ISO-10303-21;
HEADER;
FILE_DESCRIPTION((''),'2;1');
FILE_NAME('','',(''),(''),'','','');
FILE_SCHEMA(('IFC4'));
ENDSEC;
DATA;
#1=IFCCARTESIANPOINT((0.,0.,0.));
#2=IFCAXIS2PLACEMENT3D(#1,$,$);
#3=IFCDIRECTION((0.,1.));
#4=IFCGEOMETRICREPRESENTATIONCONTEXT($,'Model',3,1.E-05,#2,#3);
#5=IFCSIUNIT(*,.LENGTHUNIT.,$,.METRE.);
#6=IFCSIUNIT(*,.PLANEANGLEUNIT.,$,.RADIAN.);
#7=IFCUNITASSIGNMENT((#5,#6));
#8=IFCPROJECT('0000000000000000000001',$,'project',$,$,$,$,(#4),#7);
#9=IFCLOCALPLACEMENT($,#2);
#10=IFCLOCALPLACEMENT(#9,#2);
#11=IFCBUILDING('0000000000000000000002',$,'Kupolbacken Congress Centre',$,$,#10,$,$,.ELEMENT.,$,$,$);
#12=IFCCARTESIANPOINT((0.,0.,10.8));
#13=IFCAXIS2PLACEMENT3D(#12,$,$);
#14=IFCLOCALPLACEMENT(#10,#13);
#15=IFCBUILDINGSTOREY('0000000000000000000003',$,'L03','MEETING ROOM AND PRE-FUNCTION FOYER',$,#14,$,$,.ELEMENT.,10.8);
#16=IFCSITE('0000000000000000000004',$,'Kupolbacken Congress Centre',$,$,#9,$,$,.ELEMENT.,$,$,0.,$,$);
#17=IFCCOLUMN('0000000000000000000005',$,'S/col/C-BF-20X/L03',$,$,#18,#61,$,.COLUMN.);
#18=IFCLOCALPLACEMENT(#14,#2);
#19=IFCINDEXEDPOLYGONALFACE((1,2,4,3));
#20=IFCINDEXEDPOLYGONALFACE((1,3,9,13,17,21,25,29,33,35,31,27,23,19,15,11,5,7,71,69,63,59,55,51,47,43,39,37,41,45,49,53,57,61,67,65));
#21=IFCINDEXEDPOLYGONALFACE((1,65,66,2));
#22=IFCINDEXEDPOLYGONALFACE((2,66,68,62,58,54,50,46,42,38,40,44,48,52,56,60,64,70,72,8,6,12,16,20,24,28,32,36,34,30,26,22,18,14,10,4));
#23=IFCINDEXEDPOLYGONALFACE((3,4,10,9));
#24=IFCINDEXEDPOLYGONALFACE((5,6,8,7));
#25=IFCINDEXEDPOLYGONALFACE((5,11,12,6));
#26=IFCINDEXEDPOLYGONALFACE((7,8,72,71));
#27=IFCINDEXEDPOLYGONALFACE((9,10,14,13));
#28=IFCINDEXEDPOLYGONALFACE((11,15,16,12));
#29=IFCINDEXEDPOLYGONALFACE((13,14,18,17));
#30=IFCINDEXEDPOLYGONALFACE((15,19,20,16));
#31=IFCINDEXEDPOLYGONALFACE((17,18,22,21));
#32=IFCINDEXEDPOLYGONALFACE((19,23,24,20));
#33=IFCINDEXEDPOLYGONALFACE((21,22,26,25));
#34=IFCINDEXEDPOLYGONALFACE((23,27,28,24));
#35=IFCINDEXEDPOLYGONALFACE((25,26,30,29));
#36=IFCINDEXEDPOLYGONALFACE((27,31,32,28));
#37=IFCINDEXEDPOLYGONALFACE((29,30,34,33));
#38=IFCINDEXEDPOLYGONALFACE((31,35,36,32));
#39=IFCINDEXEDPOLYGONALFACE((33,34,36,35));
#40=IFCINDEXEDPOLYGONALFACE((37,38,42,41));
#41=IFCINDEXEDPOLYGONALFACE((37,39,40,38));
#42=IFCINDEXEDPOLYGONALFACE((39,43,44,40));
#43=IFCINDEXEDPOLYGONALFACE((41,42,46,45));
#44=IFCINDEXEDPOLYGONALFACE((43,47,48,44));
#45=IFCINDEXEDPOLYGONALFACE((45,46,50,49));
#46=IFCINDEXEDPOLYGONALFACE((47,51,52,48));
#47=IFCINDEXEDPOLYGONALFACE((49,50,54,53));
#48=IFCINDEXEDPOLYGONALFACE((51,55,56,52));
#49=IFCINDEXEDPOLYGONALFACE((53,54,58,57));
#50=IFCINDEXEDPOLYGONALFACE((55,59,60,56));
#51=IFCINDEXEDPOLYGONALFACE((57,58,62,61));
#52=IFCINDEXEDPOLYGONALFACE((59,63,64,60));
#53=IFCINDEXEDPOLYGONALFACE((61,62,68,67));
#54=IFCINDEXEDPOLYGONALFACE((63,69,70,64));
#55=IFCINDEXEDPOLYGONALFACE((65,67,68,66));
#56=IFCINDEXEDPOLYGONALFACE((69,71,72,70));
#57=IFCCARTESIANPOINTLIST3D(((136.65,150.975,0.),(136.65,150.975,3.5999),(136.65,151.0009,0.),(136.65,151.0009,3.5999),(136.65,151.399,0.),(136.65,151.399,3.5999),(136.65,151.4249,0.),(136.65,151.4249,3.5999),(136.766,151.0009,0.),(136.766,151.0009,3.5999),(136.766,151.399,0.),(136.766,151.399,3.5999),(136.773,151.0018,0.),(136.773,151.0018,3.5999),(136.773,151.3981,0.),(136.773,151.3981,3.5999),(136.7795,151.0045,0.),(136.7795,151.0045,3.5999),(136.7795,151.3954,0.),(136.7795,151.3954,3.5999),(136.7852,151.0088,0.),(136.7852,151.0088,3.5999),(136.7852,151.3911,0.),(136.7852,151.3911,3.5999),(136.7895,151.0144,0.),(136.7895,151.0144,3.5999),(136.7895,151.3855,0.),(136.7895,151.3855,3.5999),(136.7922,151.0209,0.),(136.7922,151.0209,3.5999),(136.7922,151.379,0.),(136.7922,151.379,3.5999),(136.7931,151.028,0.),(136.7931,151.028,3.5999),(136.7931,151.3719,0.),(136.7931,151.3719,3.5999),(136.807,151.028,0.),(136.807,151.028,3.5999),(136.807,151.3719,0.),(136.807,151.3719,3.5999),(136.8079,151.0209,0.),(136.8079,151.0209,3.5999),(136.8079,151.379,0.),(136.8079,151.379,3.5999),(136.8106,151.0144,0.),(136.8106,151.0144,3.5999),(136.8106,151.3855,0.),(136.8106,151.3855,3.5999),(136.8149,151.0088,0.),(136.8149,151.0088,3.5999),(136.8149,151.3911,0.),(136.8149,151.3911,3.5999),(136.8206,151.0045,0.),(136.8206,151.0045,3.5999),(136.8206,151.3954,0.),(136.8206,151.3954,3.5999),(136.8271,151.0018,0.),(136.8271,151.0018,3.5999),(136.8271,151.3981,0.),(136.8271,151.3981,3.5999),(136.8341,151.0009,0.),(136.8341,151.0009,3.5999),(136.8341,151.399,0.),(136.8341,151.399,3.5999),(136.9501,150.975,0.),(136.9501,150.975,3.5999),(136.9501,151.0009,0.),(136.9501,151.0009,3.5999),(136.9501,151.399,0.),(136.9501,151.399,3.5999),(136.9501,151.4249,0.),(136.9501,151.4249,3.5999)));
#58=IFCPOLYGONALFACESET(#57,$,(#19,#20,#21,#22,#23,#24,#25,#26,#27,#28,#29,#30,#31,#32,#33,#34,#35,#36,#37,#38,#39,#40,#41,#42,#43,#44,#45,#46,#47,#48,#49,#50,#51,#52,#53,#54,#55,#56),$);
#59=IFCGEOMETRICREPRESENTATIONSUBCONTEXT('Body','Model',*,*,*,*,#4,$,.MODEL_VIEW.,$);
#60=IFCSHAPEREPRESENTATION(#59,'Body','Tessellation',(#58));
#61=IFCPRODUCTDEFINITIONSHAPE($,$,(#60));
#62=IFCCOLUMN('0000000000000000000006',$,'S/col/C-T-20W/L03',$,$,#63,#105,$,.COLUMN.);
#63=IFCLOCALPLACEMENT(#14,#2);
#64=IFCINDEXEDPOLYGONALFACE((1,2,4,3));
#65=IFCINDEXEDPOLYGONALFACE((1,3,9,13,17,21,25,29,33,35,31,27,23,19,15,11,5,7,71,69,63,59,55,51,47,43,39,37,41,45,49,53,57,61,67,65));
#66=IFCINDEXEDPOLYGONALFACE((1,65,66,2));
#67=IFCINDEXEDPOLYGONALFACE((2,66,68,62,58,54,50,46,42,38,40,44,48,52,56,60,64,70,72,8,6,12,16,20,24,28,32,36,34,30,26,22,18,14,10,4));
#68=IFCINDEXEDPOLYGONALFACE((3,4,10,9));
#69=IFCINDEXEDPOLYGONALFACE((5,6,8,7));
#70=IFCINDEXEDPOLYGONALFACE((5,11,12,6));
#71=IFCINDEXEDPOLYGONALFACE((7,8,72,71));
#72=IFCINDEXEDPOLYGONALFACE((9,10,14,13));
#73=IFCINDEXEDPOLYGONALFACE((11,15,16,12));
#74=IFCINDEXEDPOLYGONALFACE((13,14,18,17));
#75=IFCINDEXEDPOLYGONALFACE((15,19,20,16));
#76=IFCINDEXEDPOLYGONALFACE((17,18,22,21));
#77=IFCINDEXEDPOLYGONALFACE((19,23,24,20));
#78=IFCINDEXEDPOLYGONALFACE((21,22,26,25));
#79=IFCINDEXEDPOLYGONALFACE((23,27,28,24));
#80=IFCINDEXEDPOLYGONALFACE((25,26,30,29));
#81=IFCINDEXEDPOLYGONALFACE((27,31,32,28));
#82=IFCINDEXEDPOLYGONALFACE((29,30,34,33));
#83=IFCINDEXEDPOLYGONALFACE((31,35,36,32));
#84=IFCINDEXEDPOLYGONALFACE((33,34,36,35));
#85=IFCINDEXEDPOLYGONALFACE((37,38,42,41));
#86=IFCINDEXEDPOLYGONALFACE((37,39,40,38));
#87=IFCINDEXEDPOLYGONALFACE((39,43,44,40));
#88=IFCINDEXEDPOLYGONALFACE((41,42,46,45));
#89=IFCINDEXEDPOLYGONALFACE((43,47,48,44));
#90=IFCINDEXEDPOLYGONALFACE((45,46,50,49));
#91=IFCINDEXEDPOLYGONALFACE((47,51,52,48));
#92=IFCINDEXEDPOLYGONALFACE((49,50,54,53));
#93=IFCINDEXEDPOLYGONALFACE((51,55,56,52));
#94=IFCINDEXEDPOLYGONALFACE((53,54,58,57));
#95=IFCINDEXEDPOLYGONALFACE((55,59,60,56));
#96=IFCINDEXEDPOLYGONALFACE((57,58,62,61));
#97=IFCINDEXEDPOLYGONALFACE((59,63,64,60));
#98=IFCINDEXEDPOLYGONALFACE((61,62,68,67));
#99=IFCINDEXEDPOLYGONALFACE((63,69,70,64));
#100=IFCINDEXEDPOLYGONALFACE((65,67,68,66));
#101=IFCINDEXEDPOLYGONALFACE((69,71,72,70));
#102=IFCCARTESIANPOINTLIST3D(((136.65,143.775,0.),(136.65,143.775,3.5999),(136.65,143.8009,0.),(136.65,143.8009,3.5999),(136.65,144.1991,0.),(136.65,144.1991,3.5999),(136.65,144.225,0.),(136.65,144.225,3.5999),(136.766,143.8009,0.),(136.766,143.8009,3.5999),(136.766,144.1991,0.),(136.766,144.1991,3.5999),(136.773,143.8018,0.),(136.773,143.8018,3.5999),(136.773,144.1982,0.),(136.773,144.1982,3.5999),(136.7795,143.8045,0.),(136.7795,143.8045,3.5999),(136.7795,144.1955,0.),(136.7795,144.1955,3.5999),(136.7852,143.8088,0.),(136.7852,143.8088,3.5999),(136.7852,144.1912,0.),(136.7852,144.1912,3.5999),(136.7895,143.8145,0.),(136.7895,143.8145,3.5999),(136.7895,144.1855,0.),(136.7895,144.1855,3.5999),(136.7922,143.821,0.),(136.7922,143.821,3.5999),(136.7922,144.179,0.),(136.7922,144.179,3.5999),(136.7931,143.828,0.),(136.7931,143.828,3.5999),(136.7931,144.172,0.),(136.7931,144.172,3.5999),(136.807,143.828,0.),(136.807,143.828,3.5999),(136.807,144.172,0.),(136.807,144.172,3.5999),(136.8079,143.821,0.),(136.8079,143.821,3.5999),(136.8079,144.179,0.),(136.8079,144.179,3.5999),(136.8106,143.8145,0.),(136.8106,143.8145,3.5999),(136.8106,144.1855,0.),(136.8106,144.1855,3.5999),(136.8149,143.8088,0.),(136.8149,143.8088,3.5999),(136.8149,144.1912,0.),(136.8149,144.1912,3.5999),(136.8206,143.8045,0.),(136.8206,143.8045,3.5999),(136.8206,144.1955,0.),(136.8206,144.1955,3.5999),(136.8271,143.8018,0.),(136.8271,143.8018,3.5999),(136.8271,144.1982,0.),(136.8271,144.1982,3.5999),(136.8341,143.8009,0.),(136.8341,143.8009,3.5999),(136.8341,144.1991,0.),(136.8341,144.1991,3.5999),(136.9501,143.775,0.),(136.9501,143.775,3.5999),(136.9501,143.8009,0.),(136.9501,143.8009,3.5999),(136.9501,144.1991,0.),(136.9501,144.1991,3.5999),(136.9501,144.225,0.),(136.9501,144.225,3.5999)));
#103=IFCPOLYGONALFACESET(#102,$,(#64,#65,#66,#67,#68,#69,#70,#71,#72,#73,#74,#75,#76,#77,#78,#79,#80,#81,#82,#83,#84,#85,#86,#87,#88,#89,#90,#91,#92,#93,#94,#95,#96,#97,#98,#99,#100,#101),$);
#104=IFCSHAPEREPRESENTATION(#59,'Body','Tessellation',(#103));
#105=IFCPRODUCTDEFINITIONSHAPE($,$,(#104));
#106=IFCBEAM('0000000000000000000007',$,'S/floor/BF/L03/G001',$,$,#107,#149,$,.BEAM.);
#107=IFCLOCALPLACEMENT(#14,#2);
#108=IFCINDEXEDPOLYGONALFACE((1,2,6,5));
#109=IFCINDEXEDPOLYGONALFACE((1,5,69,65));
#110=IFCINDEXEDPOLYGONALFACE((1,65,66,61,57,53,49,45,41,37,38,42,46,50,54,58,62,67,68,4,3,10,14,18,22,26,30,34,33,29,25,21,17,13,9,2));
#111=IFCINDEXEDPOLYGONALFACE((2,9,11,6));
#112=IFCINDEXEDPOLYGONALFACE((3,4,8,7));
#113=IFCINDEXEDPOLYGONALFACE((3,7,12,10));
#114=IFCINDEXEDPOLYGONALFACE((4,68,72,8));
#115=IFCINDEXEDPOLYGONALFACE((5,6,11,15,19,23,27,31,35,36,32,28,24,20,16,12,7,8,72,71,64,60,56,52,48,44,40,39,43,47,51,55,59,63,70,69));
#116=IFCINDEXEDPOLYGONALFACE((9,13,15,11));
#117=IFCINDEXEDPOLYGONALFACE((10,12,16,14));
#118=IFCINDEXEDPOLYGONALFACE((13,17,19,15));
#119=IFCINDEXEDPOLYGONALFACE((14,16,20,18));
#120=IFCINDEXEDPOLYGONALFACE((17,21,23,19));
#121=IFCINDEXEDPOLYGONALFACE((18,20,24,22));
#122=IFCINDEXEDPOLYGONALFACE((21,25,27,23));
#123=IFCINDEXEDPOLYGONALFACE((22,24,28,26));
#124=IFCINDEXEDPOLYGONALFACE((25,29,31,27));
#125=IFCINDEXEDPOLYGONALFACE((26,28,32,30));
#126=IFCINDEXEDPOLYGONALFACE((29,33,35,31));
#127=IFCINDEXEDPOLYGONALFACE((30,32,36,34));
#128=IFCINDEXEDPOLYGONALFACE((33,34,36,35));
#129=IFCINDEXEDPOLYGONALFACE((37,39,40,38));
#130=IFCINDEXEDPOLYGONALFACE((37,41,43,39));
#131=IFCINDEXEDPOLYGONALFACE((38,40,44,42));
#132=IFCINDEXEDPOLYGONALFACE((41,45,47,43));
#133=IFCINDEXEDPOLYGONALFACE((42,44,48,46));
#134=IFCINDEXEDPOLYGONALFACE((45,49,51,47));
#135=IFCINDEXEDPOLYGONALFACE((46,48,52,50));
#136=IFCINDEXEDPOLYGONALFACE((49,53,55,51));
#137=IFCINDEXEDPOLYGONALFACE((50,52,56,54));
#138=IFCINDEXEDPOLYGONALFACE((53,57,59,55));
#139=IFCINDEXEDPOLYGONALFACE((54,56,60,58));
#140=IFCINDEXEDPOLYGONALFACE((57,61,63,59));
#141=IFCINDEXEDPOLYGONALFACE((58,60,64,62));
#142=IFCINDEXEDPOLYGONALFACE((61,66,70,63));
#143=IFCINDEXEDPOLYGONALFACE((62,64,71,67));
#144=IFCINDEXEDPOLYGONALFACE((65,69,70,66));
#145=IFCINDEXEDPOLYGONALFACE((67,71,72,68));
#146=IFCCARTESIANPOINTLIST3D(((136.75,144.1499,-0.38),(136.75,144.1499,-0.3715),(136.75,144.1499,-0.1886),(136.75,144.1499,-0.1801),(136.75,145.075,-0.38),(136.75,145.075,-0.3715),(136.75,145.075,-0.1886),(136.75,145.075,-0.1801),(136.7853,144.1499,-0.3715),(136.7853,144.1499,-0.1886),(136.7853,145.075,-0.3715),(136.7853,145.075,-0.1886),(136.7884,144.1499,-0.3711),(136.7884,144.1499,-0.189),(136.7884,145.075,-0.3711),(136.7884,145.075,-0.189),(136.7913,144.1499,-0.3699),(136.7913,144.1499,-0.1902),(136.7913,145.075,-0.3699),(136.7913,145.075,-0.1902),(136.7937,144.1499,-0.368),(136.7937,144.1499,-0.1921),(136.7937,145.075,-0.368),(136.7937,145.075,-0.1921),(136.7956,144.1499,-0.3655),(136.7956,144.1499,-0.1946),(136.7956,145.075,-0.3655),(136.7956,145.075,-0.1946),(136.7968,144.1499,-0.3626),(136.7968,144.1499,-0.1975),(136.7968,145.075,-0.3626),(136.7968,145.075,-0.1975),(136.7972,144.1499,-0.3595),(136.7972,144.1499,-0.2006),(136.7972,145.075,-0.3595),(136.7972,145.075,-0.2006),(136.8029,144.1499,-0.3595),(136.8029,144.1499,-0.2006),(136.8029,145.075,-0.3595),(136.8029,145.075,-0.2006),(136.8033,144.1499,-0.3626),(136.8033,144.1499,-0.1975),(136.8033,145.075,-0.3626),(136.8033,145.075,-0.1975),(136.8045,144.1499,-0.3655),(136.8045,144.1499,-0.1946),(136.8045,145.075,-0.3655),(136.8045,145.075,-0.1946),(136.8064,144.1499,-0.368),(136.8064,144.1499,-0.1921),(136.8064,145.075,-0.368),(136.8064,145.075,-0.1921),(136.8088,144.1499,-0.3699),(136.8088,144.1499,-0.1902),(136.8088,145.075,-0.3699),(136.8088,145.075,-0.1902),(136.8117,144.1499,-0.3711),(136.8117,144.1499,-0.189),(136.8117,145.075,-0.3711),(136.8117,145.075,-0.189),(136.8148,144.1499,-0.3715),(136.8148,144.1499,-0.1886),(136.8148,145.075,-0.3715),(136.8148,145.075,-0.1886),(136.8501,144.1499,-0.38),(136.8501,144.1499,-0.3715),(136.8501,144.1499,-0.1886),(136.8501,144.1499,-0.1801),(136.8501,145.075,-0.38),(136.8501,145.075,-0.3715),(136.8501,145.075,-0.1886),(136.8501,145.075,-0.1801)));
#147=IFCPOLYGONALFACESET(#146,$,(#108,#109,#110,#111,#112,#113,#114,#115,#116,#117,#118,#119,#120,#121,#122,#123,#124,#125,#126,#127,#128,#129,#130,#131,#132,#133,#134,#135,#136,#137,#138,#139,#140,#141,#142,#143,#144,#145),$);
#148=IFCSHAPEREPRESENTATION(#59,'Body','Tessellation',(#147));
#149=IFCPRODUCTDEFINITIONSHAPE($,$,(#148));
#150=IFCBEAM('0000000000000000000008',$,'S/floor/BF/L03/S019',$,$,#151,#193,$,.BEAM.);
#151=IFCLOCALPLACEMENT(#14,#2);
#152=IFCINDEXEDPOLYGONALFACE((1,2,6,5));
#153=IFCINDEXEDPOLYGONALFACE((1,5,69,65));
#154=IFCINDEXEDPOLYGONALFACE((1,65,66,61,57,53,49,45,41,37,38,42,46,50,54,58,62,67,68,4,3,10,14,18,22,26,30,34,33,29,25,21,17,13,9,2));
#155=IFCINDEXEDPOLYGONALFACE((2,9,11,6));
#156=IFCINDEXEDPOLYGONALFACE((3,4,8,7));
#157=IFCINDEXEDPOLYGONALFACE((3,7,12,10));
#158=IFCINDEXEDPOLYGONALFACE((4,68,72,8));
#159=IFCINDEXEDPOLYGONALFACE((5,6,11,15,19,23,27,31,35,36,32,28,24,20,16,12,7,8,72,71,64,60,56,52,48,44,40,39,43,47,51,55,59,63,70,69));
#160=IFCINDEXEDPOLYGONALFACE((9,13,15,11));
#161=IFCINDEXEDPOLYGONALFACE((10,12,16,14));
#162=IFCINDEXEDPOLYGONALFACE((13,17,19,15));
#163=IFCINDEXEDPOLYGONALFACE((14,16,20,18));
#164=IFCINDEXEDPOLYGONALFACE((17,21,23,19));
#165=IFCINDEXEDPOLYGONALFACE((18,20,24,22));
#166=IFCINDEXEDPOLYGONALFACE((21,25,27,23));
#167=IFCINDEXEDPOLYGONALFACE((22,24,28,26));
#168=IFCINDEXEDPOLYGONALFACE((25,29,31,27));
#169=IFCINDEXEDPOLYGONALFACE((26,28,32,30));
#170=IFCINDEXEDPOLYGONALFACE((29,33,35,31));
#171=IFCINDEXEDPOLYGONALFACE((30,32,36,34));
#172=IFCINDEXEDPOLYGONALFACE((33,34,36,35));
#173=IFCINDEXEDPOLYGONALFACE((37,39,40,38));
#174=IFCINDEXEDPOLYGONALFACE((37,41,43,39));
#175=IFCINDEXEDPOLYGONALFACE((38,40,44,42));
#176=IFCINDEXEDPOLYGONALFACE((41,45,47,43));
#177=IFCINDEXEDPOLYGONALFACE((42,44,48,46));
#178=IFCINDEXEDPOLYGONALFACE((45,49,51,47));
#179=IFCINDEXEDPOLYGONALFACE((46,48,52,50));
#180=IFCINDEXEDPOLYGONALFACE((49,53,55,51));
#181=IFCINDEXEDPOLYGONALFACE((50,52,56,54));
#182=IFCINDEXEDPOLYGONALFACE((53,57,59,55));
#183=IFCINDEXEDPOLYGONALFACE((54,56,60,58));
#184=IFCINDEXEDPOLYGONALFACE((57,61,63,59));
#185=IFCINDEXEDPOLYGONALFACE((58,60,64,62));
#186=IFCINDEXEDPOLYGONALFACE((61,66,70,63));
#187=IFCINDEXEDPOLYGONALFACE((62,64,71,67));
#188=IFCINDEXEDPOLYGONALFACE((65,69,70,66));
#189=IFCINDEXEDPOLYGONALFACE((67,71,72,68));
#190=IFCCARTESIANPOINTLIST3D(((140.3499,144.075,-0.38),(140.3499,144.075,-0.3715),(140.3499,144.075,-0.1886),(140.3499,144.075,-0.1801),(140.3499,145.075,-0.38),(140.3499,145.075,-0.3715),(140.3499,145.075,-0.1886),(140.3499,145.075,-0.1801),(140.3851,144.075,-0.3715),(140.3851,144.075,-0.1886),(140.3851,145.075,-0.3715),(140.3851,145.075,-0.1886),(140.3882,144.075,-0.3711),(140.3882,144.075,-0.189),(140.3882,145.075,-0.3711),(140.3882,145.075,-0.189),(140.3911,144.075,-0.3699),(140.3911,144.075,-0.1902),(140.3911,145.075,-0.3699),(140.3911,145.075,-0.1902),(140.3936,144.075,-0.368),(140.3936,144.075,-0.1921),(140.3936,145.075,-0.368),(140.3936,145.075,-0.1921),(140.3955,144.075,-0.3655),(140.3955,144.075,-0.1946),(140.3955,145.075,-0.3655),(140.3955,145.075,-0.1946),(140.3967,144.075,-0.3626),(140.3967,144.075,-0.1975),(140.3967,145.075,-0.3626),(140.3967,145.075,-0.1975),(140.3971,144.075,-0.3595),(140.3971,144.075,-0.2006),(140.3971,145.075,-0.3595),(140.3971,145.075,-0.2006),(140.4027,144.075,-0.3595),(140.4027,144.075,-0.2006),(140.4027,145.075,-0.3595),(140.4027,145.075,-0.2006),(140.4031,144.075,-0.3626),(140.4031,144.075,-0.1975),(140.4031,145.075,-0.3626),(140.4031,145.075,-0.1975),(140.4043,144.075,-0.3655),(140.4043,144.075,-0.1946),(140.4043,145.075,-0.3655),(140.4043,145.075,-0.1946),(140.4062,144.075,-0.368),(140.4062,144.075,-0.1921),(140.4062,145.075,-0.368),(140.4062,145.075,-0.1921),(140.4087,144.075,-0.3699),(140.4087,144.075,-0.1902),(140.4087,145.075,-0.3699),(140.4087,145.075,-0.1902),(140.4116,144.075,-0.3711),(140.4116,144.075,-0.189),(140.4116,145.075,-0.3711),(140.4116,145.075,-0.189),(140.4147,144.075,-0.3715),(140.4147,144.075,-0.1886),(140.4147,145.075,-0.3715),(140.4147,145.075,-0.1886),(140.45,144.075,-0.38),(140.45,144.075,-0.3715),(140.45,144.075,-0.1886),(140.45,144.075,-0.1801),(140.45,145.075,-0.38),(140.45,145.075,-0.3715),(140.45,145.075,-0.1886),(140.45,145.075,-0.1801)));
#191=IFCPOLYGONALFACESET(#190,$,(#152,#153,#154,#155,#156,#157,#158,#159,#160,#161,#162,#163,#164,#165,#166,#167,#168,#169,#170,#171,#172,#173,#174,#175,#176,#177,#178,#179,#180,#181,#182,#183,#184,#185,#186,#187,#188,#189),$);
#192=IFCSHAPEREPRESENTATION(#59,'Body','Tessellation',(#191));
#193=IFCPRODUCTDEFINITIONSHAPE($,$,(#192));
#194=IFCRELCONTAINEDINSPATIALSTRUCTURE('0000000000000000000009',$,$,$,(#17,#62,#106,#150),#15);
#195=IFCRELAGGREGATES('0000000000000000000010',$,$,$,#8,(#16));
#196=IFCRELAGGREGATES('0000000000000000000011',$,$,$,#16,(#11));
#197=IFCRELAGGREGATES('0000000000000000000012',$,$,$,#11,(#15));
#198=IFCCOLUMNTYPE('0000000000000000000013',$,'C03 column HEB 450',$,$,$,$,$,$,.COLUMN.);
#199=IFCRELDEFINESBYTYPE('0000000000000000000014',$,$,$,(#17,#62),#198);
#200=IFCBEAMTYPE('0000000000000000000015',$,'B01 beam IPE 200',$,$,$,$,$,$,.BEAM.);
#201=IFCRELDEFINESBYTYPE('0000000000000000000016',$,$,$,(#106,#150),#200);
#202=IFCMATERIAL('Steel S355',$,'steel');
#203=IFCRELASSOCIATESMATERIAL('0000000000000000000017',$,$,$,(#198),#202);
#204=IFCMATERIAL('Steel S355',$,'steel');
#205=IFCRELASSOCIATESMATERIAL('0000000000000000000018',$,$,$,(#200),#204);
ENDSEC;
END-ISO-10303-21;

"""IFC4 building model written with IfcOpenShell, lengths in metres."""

from ifc_helpers import new_model, si_unit, direction, frame, origin, origin_2d, place, context, subcontext, project, spatial, i_section, extrude, material, material_profile, profile_set, type_object, element, save


model = new_model("IFC4")

# Units and contexts
model_context = context("Model", 3, precision=1e-05, world=origin(), true_north=direction((0.0, 1.0)))
body_context = subcontext(model_context, "Body", "Model", "MODEL_VIEW")
ifc_project = project(units=[si_unit("LENGTHUNIT", "METRE"), si_unit("PLANEANGLEUNIT", "RADIAN")], contexts=[model_context])

# Site, building, storey
site_placement = place(None, origin())
site = spatial("IfcSite", under=ifc_project, at=site_placement, Name="Kupolbacken Congress Centre", CompositionType="ELEMENT", RefElevation=0.0)
building_placement = place(site_placement, origin())
building = spatial("IfcBuilding", under=site, at=building_placement, Name="Kupolbacken Congress Centre", CompositionType="ELEMENT")
storey_placement = place(building_placement, frame((0.0, 0.0, 10.8)))
storey = spatial("IfcBuildingStorey", under=building, at=storey_placement, Name="L03", Description="MEETING ROOM AND PRE-FUNCTION FOYER", CompositionType="ELEMENT", Elevation=10.8)

# Columns
ifc_material_1 = material(Name="Steel S355", Category="steel")
ifc_material_profile_1 = material_profile(ifc_material_1, i_section(OverallWidth=0.3, OverallDepth=0.45, WebThickness=0.0139, FlangeThickness=0.0259, FilletRadius=0.0271, at=origin_2d()), Name="HEB 450")
ifc_profile_set_1 = profile_set([ifc_material_profile_1], Name="Steel S355")
column_type = type_object("IfcColumnType", Name="C03 column HEB 450", PredefinedType="COLUMN", material=ifc_profile_set_1)
for number, where, z_axis, x_axis, name in (
    (1, (136.8, 151.2, 0.0), (0.0, 0.0, 1.0), (1.0, 0.0, 0.0), "S/col/C-BF-20X/L03"),
    (2, (136.8, 144.0, 0.0), (0.0, 0.0, 1.0), (1.0, 0.0, 0.0), "S/col/C-T-20W/L03"),
):
    element("IfcColumn", number, at=place(storey_placement, frame(where, z_axis=z_axis, x_axis=x_axis)), inside=storey, type_object=column_type, Name=name, PredefinedType="COLUMN", context=body_context, shape_type="SweptSolid", body=[
        extrude(i_section(OverallWidth=0.3, OverallDepth=0.45, WebThickness=0.0139, FlangeThickness=0.0259, FilletRadius=0.0271, at=origin_2d()), origin(), (0.0, 0.0, 1.0), 3.5999),
    ])

# Beams
ifc_material_2 = material(Name="Steel S355", Category="steel")
ifc_material_profile_2 = material_profile(ifc_material_2, i_section(OverallWidth=0.1001, OverallDepth=0.2, WebThickness=0.0056, FlangeThickness=0.0085, FilletRadius=0.012, at=origin_2d()), Name="IPE 200")
ifc_profile_set_2 = profile_set([ifc_material_profile_2], Name="Steel S355")
beam_type_1 = type_object("IfcBeamType", Name="B01 beam IPE 200", PredefinedType="BEAM", material=ifc_profile_set_2)
beam_1_placement = place(storey_placement, frame((136.8, 144.1499, -0.28), z_axis=(0.0, 1.0, 0.0), x_axis=(-1.0, 0.0, 0.0)))
element("IfcBeam", 3, at=beam_1_placement, inside=storey, type_object=beam_type_1, Name="S/floor/BF/L03/G001", PredefinedType="BEAM", context=body_context, shape_type="SweptSolid", body=[
    extrude(i_section(OverallWidth=0.1001, OverallDepth=0.2, WebThickness=0.0056, FlangeThickness=0.0085, FilletRadius=0.012, at=origin_2d()), origin(), (0.0, 0.0, 1.0), 0.925),
])
beam_2_placement = place(storey_placement, frame((140.3999, 144.075, -0.28), z_axis=(0.0, 1.0, 0.0), x_axis=(-1.0, 0.0, 0.0)))
element("IfcBeam", 4, at=beam_2_placement, inside=storey, type_object=beam_type_1, Name="S/floor/BF/L03/S019", PredefinedType="BEAM", context=body_context, shape_type="SweptSolid", body=[
    extrude(i_section(OverallWidth=0.1001, OverallDepth=0.2, WebThickness=0.0056, FlangeThickness=0.0085, FilletRadius=0.012, at=origin_2d()), origin(), (0.0, 0.0, 1.0), 1.0),
])

save(model, "model.ifc")
